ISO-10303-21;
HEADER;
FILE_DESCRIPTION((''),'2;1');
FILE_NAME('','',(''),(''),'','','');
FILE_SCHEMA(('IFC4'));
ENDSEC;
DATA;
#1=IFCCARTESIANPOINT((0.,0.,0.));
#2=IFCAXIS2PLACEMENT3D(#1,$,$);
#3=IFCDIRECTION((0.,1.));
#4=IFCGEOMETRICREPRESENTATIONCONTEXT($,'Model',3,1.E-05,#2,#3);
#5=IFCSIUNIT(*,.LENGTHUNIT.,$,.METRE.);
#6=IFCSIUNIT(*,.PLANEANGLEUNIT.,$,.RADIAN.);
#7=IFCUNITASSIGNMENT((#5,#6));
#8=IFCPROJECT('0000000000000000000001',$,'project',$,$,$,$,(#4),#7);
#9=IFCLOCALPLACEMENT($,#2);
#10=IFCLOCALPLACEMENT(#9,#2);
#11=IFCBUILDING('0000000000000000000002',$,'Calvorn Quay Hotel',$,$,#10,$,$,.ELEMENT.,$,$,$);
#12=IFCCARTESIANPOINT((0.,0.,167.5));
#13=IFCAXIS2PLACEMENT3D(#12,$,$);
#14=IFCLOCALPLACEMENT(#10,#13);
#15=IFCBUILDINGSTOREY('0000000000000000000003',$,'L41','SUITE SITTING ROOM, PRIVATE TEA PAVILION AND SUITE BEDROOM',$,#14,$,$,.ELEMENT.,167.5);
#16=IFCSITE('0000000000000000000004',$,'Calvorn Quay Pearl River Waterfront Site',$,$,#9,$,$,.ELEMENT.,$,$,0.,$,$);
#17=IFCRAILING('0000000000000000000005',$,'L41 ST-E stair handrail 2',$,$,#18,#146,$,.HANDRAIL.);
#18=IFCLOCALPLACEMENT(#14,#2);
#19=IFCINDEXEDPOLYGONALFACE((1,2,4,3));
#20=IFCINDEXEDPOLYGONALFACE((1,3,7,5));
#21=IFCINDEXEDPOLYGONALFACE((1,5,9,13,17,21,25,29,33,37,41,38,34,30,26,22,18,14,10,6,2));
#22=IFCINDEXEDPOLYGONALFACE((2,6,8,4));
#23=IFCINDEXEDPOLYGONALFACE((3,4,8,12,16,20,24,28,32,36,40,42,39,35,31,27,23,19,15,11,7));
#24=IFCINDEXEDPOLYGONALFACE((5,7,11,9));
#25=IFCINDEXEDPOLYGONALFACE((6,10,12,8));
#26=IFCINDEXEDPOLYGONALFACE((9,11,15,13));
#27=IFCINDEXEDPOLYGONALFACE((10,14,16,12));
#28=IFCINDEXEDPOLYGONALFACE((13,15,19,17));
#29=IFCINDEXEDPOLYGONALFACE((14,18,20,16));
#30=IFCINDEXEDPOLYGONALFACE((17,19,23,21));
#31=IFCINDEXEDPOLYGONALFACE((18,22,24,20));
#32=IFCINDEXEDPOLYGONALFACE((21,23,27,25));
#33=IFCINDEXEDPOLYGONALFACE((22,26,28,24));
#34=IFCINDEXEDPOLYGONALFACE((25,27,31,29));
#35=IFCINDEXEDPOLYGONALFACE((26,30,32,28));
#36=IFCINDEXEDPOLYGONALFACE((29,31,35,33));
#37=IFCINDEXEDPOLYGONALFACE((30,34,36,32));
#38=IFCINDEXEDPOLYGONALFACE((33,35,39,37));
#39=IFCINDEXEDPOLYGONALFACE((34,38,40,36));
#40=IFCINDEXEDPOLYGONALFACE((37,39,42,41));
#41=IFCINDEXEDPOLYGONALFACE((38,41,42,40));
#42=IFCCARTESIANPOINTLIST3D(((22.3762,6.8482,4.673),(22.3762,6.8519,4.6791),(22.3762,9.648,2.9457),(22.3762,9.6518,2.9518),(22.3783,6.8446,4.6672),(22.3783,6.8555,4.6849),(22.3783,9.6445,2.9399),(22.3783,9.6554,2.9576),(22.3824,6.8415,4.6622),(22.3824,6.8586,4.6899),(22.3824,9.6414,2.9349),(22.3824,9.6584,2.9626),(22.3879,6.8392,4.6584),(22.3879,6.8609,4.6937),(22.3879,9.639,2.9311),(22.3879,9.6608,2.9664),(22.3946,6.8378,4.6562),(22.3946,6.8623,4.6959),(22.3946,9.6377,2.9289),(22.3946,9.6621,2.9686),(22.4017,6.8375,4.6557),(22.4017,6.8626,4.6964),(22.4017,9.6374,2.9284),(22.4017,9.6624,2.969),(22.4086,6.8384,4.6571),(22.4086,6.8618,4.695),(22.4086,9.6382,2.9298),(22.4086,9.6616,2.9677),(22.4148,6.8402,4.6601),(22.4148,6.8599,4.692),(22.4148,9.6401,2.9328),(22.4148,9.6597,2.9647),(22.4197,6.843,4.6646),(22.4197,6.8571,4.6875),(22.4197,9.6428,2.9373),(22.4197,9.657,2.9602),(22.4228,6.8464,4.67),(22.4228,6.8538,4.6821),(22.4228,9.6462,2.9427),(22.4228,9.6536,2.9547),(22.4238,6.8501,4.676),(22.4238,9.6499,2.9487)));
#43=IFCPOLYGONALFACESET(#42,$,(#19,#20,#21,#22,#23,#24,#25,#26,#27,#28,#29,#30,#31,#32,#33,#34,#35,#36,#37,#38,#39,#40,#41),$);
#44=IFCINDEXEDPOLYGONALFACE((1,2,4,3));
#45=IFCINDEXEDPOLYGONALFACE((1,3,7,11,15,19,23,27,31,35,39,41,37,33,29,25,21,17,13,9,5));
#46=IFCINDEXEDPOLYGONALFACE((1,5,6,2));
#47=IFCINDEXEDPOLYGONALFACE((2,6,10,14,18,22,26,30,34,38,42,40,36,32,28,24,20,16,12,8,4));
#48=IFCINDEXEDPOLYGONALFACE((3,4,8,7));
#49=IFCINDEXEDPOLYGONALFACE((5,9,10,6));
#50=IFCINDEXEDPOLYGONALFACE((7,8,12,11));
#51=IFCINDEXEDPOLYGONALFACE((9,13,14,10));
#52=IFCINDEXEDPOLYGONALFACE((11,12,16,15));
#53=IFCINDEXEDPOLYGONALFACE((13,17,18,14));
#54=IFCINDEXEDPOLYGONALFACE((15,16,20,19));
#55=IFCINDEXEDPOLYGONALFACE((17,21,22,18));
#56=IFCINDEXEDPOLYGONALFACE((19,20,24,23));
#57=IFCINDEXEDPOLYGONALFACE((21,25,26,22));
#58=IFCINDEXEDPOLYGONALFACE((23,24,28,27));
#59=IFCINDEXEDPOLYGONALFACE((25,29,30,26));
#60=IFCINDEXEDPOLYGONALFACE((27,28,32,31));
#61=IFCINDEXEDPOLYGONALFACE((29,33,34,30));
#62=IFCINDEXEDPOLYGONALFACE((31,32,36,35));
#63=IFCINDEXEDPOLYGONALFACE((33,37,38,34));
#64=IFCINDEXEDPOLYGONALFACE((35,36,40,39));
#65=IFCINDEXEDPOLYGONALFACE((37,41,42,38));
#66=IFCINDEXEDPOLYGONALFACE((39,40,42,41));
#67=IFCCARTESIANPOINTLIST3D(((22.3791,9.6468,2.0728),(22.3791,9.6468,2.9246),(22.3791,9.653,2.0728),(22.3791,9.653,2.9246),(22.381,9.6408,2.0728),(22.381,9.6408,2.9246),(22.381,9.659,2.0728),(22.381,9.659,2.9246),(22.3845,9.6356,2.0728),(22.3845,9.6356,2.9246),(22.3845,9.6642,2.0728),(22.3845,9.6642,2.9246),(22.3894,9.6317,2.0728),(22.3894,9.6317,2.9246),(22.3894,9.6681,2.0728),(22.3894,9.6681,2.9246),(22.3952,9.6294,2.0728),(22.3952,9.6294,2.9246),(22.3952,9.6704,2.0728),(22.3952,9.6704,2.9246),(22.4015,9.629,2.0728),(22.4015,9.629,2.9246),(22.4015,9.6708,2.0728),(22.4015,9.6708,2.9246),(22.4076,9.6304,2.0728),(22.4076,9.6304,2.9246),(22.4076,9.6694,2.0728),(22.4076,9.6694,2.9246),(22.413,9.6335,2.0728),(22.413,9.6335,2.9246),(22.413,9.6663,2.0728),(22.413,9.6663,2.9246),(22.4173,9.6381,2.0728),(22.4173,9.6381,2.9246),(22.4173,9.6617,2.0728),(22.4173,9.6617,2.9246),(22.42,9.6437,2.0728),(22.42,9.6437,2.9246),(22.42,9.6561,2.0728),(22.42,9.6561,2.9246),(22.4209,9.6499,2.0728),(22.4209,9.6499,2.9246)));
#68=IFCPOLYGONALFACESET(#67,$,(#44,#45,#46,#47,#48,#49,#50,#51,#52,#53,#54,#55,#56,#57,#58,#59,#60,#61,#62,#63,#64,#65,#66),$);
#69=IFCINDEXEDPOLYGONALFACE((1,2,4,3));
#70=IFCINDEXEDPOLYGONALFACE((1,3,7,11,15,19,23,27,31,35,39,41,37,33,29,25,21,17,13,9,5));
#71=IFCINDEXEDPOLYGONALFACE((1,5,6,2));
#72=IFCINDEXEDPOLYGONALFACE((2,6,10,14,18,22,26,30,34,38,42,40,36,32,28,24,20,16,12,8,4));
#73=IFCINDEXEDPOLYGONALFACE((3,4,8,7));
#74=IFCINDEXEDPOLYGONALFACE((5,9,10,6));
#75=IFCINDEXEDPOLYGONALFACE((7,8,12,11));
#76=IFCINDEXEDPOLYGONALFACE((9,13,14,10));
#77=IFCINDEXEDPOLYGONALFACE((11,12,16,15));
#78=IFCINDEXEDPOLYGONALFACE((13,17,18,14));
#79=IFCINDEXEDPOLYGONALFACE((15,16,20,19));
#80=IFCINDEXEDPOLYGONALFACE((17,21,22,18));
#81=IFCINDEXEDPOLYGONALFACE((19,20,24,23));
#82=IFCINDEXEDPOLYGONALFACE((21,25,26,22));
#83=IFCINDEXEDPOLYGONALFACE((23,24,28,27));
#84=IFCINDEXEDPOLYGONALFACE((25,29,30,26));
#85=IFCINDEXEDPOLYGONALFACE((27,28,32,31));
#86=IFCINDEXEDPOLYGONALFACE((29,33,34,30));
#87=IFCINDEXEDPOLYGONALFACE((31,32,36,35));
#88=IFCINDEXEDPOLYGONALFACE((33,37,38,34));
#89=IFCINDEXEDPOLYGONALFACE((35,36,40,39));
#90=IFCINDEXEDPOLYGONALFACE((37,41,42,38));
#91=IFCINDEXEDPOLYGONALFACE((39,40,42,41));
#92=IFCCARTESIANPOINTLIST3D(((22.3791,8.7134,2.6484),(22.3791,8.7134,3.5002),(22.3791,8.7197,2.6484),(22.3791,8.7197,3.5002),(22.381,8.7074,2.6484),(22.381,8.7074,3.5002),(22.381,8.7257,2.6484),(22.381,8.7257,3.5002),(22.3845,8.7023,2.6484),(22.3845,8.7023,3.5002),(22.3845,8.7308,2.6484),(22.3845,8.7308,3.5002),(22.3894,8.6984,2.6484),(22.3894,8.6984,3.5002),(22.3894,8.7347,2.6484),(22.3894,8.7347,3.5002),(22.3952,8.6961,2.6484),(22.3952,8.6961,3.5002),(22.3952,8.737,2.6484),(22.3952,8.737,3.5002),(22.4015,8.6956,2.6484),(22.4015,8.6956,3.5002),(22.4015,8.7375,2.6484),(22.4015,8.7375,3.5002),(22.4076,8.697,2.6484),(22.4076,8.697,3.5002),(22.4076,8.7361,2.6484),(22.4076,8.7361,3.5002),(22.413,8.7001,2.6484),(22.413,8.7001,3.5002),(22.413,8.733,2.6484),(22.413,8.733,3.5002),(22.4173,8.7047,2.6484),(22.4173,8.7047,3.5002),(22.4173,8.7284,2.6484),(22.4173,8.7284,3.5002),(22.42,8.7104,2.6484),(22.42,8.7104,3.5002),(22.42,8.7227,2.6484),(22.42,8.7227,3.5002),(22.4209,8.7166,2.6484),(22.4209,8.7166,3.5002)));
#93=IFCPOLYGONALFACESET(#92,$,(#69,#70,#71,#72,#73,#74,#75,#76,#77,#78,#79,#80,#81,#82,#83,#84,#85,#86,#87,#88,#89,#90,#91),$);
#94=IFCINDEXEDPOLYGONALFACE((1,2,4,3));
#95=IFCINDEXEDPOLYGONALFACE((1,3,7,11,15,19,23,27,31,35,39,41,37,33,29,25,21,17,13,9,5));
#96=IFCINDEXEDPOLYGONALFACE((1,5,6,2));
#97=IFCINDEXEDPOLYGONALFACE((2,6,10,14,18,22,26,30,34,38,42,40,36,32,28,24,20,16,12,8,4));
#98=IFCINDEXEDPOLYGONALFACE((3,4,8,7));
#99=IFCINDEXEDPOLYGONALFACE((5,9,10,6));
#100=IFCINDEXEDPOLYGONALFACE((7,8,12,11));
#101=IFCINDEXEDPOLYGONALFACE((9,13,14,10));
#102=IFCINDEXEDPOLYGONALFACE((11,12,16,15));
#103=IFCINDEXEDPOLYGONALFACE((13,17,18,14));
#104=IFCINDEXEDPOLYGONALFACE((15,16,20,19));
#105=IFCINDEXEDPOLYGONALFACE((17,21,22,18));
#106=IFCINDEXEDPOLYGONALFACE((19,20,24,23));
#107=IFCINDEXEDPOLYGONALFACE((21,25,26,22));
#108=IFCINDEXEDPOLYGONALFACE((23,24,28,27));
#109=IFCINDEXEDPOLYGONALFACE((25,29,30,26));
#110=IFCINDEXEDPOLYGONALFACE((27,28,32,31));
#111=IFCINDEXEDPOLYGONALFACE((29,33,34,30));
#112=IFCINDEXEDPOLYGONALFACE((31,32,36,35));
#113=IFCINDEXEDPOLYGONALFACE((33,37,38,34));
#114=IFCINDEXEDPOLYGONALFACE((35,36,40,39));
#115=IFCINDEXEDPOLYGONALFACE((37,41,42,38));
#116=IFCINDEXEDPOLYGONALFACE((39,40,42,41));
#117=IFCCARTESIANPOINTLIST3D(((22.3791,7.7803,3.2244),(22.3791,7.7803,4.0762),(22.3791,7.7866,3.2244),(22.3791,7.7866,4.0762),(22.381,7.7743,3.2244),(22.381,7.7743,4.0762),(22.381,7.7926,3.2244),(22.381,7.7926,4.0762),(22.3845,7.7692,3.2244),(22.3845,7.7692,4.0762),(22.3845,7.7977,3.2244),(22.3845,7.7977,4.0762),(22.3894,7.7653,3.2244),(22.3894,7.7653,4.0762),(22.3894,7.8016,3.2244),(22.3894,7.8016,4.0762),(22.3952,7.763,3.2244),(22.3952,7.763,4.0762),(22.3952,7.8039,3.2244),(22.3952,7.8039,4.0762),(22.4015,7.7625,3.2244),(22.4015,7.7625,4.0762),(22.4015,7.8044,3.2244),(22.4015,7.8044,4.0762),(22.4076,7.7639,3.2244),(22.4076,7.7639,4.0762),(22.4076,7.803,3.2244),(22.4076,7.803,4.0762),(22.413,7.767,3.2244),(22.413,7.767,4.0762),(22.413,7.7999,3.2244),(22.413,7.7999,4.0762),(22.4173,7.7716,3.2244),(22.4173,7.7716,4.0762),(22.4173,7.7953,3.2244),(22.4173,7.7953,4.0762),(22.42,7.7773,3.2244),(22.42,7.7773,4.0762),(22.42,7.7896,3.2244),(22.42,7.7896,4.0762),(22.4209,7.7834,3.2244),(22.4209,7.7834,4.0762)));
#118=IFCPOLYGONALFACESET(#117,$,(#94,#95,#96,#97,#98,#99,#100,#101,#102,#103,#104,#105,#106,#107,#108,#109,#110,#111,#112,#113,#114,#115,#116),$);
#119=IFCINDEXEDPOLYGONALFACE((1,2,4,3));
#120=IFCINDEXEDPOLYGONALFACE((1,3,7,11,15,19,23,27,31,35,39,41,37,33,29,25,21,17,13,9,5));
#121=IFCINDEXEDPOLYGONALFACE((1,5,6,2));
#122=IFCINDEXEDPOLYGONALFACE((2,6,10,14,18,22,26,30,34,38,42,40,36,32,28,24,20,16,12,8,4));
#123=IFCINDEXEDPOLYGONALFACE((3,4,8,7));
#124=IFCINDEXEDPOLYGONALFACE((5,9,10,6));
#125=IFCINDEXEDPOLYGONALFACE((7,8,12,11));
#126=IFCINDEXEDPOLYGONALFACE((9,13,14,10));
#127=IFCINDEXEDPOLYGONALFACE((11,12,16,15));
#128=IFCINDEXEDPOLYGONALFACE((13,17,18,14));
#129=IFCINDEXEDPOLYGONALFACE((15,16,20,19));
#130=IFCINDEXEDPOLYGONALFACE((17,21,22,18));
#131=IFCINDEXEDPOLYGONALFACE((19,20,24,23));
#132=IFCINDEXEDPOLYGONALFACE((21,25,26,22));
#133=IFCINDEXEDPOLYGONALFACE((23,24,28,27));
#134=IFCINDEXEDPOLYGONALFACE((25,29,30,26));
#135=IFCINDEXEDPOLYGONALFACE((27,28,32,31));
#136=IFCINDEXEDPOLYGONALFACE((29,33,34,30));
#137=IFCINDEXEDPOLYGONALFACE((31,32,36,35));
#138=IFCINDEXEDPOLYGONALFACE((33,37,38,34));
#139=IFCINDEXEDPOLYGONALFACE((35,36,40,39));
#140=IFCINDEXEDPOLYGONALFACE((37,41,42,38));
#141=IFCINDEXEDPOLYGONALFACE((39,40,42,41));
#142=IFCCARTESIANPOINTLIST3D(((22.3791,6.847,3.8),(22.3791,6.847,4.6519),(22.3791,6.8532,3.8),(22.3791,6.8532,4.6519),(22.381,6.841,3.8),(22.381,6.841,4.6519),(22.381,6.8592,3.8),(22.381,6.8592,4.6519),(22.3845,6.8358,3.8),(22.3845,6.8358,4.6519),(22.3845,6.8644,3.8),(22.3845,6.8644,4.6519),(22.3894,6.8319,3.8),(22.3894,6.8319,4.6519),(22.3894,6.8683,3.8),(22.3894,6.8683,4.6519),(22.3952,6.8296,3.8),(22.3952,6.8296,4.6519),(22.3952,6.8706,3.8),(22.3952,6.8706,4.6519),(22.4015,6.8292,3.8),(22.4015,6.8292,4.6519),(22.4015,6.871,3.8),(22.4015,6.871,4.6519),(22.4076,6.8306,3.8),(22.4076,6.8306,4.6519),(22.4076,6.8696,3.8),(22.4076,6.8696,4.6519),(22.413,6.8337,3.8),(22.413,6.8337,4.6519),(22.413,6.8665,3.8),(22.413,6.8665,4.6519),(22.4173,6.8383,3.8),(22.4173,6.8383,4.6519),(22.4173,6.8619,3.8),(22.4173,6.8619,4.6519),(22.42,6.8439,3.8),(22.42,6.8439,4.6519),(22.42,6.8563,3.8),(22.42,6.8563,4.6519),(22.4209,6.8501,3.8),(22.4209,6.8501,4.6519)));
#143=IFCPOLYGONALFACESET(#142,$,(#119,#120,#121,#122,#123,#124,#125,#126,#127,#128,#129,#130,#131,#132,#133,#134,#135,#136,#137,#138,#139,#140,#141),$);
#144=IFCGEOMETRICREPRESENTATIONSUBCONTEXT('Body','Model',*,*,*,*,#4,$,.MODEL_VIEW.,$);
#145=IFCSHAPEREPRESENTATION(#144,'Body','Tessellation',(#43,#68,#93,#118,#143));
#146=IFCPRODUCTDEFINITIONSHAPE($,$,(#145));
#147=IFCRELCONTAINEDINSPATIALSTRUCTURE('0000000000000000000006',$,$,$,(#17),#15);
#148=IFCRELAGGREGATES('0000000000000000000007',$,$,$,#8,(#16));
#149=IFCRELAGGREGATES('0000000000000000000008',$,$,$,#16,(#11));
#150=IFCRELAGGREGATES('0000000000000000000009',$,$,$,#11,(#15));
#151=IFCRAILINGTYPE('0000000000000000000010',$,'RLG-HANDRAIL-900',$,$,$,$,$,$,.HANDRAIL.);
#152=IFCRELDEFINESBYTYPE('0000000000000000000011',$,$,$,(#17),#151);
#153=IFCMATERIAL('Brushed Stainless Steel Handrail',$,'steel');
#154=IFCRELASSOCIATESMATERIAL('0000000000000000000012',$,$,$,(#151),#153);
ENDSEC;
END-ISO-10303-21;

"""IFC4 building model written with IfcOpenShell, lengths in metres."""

from ifc_helpers import new_model, si_unit, direction, frame, origin, origin_2d, place, context, subcontext, project, spatial, circle, extrude, material, type_object, element, save


model = new_model("IFC4")

# Units and contexts
model_context = context("Model", 3, precision=1e-05, world=origin(), true_north=direction((0.0, 1.0)))
body_context = subcontext(model_context, "Body", "Model", "MODEL_VIEW")
ifc_project = project(units=[si_unit("LENGTHUNIT", "METRE"), si_unit("PLANEANGLEUNIT", "RADIAN")], contexts=[model_context])

# Site, building, storey
site_placement = place(None, origin())
site = spatial("IfcSite", under=ifc_project, at=site_placement, Name="Calvorn Quay Pearl River Waterfront Site", CompositionType="ELEMENT", RefElevation=0.0)
building_placement = place(site_placement, origin())
building = spatial("IfcBuilding", under=site, at=building_placement, Name="Calvorn Quay Hotel", CompositionType="ELEMENT")
storey_placement = place(building_placement, frame((0.0, 0.0, 167.5)))
storey = spatial("IfcBuildingStorey", under=building, at=storey_placement, Name="L41", Description="SUITE SITTING ROOM, PRIVATE TEA PAVILION AND SUITE BEDROOM", CompositionType="ELEMENT", Elevation=167.5)

# Railing
ifc_material_1 = material(Name="Brushed Stainless Steel Handrail", Category="steel")
railing_type_1 = type_object("IfcRailingType", Name="RLG-HANDRAIL-900", PredefinedType="HANDRAIL", material=ifc_material_1)
railing_1_placement = place(storey_placement, frame((22.3999, 9.6499, 2.0728)))
element("IfcRailing", 1, at=railing_1_placement, inside=storey, type_object=railing_type_1, Name="L41 ST-E stair handrail 2", PredefinedType="HANDRAIL", context=body_context, shape_type="SweptSolid", body=[
    extrude(circle(Radius=0.0239, at=origin_2d()), frame((0.0, 0.0, 0.876), z_axis=(0.0, -0.851069, 0.525054), x_axis=(1.0, 0.0, 0.0)), (0.0, 0.0, 1.0), 3.2898),
    extrude(circle(Radius=0.021, at=origin_2d()), origin(), (0.0, 0.0, 1.0), 0.8518),
    extrude(circle(Radius=0.021, at=origin_2d()), frame((0.0, -0.9333, 0.5757)), (0.0, 0.0, 1.0), 0.8518),
    extrude(circle(Radius=0.021, at=origin_2d()), frame((0.0, -1.8665, 1.1516)), (0.0, 0.0, 1.0), 0.8518),
    extrude(circle(Radius=0.021, at=origin_2d()), frame((0.0, -2.7998, 1.7273)), (0.0, 0.0, 1.0), 0.8518),
])

save(model, "model.ifc")
